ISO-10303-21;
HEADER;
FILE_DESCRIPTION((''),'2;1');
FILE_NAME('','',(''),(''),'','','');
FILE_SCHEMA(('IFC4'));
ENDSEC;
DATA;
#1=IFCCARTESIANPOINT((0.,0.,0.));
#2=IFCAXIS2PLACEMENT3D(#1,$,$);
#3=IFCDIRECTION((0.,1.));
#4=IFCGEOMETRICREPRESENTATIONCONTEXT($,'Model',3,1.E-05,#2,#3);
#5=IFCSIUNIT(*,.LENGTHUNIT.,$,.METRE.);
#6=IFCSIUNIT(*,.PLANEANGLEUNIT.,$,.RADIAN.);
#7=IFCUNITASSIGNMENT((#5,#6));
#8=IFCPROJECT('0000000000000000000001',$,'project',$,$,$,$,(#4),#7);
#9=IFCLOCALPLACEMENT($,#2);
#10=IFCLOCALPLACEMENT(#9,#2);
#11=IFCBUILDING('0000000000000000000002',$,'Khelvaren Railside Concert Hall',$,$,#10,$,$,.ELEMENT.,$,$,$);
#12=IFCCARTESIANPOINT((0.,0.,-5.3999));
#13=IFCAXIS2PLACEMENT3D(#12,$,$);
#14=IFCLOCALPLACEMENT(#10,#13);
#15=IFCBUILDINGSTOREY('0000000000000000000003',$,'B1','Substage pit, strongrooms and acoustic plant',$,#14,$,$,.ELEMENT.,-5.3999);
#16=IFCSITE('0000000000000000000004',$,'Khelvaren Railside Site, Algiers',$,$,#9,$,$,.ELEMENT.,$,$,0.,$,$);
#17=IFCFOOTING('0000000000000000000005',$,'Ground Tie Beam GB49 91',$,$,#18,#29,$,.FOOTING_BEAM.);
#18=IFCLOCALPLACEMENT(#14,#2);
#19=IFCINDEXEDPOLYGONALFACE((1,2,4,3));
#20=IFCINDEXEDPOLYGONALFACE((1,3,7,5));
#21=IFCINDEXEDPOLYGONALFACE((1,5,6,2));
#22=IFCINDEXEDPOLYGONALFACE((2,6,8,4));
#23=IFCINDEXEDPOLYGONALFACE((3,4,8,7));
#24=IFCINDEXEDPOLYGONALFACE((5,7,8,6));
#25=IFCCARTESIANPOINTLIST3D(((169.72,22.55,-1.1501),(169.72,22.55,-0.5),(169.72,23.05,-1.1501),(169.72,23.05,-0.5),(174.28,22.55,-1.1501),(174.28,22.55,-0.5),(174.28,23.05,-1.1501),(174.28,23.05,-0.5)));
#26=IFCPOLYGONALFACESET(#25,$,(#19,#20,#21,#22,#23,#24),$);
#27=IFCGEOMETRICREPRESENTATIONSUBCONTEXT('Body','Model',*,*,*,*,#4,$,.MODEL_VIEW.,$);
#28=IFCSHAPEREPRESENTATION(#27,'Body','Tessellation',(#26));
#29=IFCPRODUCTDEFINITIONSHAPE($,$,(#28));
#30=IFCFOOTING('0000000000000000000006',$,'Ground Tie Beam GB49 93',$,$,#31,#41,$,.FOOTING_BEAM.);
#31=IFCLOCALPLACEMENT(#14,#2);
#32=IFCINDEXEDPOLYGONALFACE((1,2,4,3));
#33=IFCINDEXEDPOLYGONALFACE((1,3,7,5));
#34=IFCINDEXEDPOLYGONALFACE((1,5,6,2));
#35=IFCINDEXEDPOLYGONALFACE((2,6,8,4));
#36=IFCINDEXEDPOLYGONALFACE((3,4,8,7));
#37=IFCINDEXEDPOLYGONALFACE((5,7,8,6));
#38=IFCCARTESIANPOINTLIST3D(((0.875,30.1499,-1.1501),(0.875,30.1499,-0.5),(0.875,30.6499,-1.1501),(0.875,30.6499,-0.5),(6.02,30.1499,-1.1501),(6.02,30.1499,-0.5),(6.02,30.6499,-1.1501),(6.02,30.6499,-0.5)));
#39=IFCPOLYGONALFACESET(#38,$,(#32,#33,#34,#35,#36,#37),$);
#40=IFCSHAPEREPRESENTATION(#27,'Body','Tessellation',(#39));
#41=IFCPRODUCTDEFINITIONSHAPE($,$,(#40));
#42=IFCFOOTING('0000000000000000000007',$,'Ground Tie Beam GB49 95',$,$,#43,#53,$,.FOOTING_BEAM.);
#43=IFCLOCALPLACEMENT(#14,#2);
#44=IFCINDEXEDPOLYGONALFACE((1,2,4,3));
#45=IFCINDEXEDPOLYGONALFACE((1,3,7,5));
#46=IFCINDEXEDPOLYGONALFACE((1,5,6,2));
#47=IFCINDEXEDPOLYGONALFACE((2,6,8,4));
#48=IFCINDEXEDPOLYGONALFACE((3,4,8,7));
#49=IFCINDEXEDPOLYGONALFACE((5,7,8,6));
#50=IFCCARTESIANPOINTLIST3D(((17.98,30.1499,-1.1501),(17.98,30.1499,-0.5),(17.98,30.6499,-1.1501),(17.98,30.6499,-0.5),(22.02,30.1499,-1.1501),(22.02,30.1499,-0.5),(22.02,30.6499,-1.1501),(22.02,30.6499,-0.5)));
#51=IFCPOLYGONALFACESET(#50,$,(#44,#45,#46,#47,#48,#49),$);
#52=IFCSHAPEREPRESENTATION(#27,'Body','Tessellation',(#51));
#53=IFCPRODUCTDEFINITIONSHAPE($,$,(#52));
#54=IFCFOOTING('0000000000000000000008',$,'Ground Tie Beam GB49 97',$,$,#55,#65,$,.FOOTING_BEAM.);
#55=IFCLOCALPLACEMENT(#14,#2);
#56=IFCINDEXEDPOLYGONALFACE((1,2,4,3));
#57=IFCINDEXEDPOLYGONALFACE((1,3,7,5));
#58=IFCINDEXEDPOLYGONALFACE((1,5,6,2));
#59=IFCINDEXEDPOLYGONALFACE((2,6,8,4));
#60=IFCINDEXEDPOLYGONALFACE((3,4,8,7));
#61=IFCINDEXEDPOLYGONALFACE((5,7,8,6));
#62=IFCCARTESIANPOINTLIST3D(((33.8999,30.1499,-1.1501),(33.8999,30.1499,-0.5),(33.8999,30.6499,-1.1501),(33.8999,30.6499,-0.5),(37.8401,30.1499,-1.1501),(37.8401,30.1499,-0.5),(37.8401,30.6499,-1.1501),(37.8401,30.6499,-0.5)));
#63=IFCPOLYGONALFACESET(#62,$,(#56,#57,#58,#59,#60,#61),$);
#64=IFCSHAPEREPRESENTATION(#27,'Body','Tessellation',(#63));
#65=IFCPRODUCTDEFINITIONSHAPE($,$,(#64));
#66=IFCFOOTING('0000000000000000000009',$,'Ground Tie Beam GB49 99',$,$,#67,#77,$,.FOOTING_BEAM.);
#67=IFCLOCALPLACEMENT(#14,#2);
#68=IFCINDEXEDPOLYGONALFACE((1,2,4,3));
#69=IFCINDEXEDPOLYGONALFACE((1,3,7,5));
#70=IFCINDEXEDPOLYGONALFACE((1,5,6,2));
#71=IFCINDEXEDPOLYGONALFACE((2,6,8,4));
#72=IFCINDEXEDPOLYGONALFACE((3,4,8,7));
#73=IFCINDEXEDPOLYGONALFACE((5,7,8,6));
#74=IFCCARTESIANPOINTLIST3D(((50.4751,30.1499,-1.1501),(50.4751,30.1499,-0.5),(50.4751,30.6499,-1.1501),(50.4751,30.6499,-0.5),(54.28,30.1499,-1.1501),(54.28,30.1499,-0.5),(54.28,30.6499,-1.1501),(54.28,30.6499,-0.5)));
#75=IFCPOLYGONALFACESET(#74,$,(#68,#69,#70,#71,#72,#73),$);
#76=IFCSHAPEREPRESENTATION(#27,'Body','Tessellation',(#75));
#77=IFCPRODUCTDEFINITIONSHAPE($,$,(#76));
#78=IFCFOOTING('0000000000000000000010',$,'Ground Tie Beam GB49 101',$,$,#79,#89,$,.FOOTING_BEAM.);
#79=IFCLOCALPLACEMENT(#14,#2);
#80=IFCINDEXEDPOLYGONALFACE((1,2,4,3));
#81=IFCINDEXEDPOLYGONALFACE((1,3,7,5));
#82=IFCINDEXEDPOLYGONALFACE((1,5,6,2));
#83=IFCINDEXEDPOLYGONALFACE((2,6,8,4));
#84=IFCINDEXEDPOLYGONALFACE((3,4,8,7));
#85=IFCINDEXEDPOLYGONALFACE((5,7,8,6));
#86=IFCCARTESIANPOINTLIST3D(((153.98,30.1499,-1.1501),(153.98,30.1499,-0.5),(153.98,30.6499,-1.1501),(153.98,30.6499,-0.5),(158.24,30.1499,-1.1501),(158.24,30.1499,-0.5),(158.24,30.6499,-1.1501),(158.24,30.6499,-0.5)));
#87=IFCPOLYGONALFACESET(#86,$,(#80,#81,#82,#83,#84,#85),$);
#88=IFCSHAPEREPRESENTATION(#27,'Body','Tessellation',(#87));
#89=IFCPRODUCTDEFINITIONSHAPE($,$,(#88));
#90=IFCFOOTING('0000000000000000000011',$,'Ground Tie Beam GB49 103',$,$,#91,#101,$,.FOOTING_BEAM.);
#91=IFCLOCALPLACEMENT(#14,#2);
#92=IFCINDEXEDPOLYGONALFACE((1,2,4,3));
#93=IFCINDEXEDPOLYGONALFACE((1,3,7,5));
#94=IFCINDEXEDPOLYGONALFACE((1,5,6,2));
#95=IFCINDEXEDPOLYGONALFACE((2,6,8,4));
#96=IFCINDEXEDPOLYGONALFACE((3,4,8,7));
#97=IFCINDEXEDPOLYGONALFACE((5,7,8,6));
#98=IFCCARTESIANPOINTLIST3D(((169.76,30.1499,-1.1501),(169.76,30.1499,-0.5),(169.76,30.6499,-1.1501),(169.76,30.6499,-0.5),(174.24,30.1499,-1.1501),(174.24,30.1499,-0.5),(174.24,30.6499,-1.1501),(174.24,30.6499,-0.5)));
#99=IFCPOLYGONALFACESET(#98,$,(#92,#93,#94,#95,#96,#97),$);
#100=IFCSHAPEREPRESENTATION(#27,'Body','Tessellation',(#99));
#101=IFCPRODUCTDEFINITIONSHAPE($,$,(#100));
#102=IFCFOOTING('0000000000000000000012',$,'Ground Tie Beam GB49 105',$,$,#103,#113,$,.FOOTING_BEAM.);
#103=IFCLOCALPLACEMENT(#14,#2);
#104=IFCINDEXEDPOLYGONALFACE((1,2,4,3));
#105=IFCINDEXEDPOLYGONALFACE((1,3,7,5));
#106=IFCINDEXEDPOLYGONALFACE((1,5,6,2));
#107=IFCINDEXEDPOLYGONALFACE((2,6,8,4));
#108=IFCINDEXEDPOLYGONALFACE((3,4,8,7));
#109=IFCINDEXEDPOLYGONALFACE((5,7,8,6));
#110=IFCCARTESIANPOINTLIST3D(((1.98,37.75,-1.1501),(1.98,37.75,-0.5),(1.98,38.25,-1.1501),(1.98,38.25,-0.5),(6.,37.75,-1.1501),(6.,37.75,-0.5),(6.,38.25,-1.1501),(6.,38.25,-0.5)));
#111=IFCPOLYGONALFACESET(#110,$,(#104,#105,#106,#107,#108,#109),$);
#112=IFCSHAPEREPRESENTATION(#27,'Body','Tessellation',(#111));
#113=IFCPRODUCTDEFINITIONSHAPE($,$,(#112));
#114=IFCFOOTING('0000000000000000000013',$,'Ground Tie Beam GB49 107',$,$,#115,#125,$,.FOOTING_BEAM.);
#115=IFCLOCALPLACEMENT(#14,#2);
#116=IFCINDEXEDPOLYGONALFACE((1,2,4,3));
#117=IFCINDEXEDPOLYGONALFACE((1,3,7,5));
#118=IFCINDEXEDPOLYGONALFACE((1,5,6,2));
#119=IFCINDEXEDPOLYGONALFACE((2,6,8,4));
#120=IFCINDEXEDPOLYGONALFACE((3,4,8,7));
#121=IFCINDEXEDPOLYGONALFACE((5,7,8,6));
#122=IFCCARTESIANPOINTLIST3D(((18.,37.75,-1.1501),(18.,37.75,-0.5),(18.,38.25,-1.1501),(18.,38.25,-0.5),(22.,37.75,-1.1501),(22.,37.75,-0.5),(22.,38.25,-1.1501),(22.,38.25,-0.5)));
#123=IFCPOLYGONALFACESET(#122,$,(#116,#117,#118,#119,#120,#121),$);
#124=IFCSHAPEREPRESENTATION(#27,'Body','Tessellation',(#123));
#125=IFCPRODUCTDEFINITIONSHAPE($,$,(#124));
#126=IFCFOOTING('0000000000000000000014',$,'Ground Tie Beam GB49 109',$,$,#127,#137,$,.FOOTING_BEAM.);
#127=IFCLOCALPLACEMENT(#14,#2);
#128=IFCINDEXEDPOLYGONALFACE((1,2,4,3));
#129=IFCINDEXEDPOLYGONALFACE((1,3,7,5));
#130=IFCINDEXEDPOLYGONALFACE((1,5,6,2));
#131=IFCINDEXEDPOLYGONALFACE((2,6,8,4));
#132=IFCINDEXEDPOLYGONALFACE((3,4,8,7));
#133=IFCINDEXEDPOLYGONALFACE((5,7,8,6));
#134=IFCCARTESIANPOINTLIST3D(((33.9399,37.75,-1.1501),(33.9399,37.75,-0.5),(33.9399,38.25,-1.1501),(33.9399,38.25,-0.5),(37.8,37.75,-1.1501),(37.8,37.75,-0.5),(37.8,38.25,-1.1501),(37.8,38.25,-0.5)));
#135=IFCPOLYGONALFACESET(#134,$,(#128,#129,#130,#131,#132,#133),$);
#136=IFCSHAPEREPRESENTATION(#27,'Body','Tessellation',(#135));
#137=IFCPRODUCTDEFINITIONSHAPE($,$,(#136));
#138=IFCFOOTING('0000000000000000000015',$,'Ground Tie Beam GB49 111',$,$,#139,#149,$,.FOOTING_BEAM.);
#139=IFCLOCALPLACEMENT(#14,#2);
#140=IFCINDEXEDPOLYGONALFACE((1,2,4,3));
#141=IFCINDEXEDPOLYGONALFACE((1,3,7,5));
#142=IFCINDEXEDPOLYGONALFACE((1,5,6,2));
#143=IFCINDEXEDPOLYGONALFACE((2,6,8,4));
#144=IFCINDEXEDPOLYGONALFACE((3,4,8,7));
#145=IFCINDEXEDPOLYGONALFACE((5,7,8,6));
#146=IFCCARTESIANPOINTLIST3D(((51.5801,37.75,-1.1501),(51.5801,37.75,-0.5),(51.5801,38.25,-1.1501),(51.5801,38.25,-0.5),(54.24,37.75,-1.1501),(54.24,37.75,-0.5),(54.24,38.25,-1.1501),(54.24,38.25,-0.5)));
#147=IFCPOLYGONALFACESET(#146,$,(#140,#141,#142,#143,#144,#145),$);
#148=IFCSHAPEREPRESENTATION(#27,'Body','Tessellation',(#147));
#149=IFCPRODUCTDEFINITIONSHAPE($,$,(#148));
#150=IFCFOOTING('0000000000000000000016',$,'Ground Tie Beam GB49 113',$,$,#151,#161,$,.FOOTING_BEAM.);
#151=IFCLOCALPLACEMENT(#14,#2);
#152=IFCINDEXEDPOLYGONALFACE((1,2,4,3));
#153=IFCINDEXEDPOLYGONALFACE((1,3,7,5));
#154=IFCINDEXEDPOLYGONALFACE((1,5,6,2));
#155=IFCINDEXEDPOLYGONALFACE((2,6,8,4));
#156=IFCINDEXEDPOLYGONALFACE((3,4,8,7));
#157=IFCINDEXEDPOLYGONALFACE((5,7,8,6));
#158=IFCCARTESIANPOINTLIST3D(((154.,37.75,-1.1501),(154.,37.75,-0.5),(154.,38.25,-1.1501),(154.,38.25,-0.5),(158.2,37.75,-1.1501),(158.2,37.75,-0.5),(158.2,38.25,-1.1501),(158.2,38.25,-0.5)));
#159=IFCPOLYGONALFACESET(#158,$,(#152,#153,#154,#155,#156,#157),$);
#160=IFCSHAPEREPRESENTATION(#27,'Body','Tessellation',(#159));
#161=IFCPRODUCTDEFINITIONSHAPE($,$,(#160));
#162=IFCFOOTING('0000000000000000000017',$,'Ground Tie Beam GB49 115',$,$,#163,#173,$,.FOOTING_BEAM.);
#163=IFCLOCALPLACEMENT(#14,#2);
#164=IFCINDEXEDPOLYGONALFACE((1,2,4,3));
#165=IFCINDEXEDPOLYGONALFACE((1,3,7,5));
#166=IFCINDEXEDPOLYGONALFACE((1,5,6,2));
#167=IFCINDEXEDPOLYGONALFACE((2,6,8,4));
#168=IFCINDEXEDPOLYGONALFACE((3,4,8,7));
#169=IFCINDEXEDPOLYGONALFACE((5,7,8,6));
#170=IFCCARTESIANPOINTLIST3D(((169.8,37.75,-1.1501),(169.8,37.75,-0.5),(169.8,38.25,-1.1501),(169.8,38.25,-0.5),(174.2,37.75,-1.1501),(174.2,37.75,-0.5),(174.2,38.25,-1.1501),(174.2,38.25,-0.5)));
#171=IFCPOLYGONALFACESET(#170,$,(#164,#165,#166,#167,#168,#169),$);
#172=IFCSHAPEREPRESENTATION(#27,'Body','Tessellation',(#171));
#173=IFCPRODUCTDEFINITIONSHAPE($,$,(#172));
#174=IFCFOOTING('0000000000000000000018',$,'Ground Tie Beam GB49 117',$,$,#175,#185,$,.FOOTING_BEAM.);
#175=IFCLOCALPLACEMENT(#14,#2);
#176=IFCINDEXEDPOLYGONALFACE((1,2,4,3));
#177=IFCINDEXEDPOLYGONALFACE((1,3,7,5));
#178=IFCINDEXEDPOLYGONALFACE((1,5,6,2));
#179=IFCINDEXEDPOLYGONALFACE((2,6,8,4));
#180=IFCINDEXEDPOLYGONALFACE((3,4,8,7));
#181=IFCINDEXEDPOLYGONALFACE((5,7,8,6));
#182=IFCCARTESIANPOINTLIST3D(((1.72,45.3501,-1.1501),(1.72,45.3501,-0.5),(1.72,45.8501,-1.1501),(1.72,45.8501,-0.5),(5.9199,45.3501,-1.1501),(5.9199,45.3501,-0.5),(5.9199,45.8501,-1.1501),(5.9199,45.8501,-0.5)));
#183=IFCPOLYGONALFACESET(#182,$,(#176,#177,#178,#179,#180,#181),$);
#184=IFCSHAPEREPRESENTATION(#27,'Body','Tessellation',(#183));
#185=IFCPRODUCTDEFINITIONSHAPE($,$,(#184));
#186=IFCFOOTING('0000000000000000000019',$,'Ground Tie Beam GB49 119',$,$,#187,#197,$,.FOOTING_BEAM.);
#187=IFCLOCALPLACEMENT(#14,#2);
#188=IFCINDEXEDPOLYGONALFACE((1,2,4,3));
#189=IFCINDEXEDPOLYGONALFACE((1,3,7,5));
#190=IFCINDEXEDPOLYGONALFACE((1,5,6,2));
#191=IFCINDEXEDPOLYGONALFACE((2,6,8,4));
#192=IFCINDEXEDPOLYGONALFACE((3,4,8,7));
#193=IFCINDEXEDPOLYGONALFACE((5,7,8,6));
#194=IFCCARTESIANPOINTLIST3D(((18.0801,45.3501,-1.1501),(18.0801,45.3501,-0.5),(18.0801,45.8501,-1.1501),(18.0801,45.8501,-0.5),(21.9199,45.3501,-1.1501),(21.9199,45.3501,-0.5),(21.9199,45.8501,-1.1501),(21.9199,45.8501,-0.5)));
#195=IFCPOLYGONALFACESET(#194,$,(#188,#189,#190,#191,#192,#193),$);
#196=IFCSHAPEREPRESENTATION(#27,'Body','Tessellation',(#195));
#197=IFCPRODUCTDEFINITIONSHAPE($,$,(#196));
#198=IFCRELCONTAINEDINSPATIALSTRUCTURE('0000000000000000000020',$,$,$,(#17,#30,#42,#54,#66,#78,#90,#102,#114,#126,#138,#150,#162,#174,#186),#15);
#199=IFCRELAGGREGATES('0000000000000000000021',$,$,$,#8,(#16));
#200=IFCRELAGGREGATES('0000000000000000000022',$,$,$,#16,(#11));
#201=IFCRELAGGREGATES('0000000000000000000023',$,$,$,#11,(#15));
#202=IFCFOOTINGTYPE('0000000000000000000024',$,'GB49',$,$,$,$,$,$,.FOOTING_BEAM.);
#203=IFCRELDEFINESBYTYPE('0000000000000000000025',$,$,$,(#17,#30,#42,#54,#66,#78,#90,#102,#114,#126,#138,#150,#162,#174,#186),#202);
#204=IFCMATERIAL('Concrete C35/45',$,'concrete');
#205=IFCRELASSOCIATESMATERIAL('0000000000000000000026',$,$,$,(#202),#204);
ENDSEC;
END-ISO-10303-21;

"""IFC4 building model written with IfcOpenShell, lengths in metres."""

from ifc_helpers import new_model, si_unit, direction, frame, origin, place, context, subcontext, project, spatial, polyline, outline, extrude, material, type_object, element, save


model = new_model("IFC4")

# Units and contexts
model_context = context("Model", 3, precision=1e-05, world=origin(), true_north=direction((0.0, 1.0)))
body_context = subcontext(model_context, "Body", "Model", "MODEL_VIEW")
ifc_project = project(units=[si_unit("LENGTHUNIT", "METRE"), si_unit("PLANEANGLEUNIT", "RADIAN")], contexts=[model_context])

# Site, building, storey
site_placement = place(None, origin())
site = spatial("IfcSite", under=ifc_project, at=site_placement, Name="Khelvaren Railside Site, Algiers", CompositionType="ELEMENT", RefElevation=0.0)
building_placement = place(site_placement, origin())
building = spatial("IfcBuilding", under=site, at=building_placement, Name="Khelvaren Railside Concert Hall", CompositionType="ELEMENT")
storey_placement = place(building_placement, frame((0.0, 0.0, -5.3999)))
storey = spatial("IfcBuildingStorey", under=building, at=storey_placement, Name="B1", Description="Substage pit, strongrooms and acoustic plant", CompositionType="ELEMENT", Elevation=-5.3999)

# Footings
ifc_material = material(Name="Concrete C35/45", Category="concrete")
footing_type = type_object("IfcFootingType", Name="GB49", PredefinedType="FOOTING_BEAM", material=ifc_material)
footing_1_placement = place(storey_placement, frame((0.0, 0.0, -1.1501)))
element("IfcFooting", 1, at=footing_1_placement, inside=storey, type_object=footing_type, Name="Ground Tie Beam GB49 91", PredefinedType="FOOTING_BEAM", context=body_context, shape_type="SweptSolid", body=[
    extrude(outline(polyline([(169.72, 22.55), (174.28, 22.55), (174.28, 23.05), (169.72, 23.05), (169.72, 22.55)])), origin(), (0.0, 0.0, 1.0), 0.6501),
])
footing_2_placement = place(storey_placement, frame((0.0, 0.0, -1.1501)))
element("IfcFooting", 2, at=footing_2_placement, inside=storey, type_object=footing_type, Name="Ground Tie Beam GB49 93", PredefinedType="FOOTING_BEAM", context=body_context, shape_type="SweptSolid", body=[
    extrude(outline(polyline([(0.875, 30.1499), (6.02, 30.1499), (6.02, 30.6499), (0.875, 30.6499), (0.875, 30.1499)])), origin(), (0.0, 0.0, 1.0), 0.6501),
])
footing_3_placement = place(storey_placement, frame((0.0, 0.0, -1.1501)))
element("IfcFooting", 3, at=footing_3_placement, inside=storey, type_object=footing_type, Name="Ground Tie Beam GB49 95", PredefinedType="FOOTING_BEAM", context=body_context, shape_type="SweptSolid", body=[
    extrude(outline(polyline([(17.98, 30.1499), (22.02, 30.1499), (22.02, 30.6499), (17.98, 30.6499), (17.98, 30.1499)])), origin(), (0.0, 0.0, 1.0), 0.6501),
])
footing_4_placement = place(storey_placement, frame((0.0, 0.0, -1.1501)))
element("IfcFooting", 4, at=footing_4_placement, inside=storey, type_object=footing_type, Name="Ground Tie Beam GB49 97", PredefinedType="FOOTING_BEAM", context=body_context, shape_type="SweptSolid", body=[
    extrude(outline(polyline([(33.8999, 30.1499), (37.8401, 30.1499), (37.8401, 30.6499), (33.8999, 30.6499), (33.8999, 30.1499)])), origin(), (0.0, 0.0, 1.0), 0.6501),
])
footing_5_placement = place(storey_placement, frame((0.0, 0.0, -1.1501)))
element("IfcFooting", 5, at=footing_5_placement, inside=storey, type_object=footing_type, Name="Ground Tie Beam GB49 99", PredefinedType="FOOTING_BEAM", context=body_context, shape_type="SweptSolid", body=[
    extrude(outline(polyline([(50.4751, 30.1499), (54.28, 30.1499), (54.28, 30.6499), (50.4751, 30.6499), (50.4751, 30.1499)])), origin(), (0.0, 0.0, 1.0), 0.6501),
])
footing_6_placement = place(storey_placement, frame((0.0, 0.0, -1.1501)))
element("IfcFooting", 6, at=footing_6_placement, inside=storey, type_object=footing_type, Name="Ground Tie Beam GB49 101", PredefinedType="FOOTING_BEAM", context=body_context, shape_type="SweptSolid", body=[
    extrude(outline(polyline([(153.98, 30.1499), (158.24, 30.1499), (158.24, 30.6499), (153.98, 30.6499), (153.98, 30.1499)])), origin(), (0.0, 0.0, 1.0), 0.6501),
])
footing_7_placement = place(storey_placement, frame((0.0, 0.0, -1.1501)))
element("IfcFooting", 7, at=footing_7_placement, inside=storey, type_object=footing_type, Name="Ground Tie Beam GB49 103", PredefinedType="FOOTING_BEAM", context=body_context, shape_type="SweptSolid", body=[
    extrude(outline(polyline([(169.76, 30.1499), (174.24, 30.1499), (174.24, 30.6499), (169.76, 30.6499), (169.76, 30.1499)])), origin(), (0.0, 0.0, 1.0), 0.6501),
])
footing_8_placement = place(storey_placement, frame((0.0, 0.0, -1.1501)))
element("IfcFooting", 8, at=footing_8_placement, inside=storey, type_object=footing_type, Name="Ground Tie Beam GB49 105", PredefinedType="FOOTING_BEAM", context=body_context, shape_type="SweptSolid", body=[
    extrude(outline(polyline([(1.98, 37.75), (6.0, 37.75), (6.0, 38.25), (1.98, 38.25), (1.98, 37.75)])), origin(), (0.0, 0.0, 1.0), 0.6501),
])
footing_9_placement = place(storey_placement, frame((0.0, 0.0, -1.1501)))
element("IfcFooting", 9, at=footing_9_placement, inside=storey, type_object=footing_type, Name="Ground Tie Beam GB49 107", PredefinedType="FOOTING_BEAM", context=body_context, shape_type="SweptSolid", body=[
    extrude(outline(polyline([(18.0, 37.75), (22.0, 37.75), (22.0, 38.25), (18.0, 38.25), (18.0, 37.75)])), origin(), (0.0, 0.0, 1.0), 0.6501),
])
footing_10_placement = place(storey_placement, frame((0.0, 0.0, -1.1501)))
element("IfcFooting", 10, at=footing_10_placement, inside=storey, type_object=footing_type, Name="Ground Tie Beam GB49 109", PredefinedType="FOOTING_BEAM", context=body_context, shape_type="SweptSolid", body=[
    extrude(outline(polyline([(33.9399, 37.75), (37.8, 37.75), (37.8, 38.25), (33.9399, 38.25), (33.9399, 37.75)])), origin(), (0.0, 0.0, 1.0), 0.6501),
])
footing_11_placement = place(storey_placement, frame((0.0, 0.0, -1.1501)))
element("IfcFooting", 11, at=footing_11_placement, inside=storey, type_object=footing_type, Name="Ground Tie Beam GB49 111", PredefinedType="FOOTING_BEAM", context=body_context, shape_type="SweptSolid", body=[
    extrude(outline(polyline([(51.5801, 37.75), (54.24, 37.75), (54.24, 38.25), (51.5801, 38.25), (51.5801, 37.75)])), origin(), (0.0, 0.0, 1.0), 0.6501),
])
footing_12_placement = place(storey_placement, frame((0.0, 0.0, -1.1501)))
element("IfcFooting", 12, at=footing_12_placement, inside=storey, type_object=footing_type, Name="Ground Tie Beam GB49 113", PredefinedType="FOOTING_BEAM", context=body_context, shape_type="SweptSolid", body=[
    extrude(outline(polyline([(154.0, 37.75), (158.2, 37.75), (158.2, 38.25), (154.0, 38.25), (154.0, 37.75)])), origin(), (0.0, 0.0, 1.0), 0.6501),
])
footing_13_placement = place(storey_placement, frame((0.0, 0.0, -1.1501)))
element("IfcFooting", 13, at=footing_13_placement, inside=storey, type_object=footing_type, Name="Ground Tie Beam GB49 115", PredefinedType="FOOTING_BEAM", context=body_context, shape_type="SweptSolid", body=[
    extrude(outline(polyline([(169.8, 37.75), (174.2, 37.75), (174.2, 38.25), (169.8, 38.25), (169.8, 37.75)])), origin(), (0.0, 0.0, 1.0), 0.6501),
])
footing_14_placement = place(storey_placement, frame((0.0, 0.0, -1.1501)))
element("IfcFooting", 14, at=footing_14_placement, inside=storey, type_object=footing_type, Name="Ground Tie Beam GB49 117", PredefinedType="FOOTING_BEAM", context=body_context, shape_type="SweptSolid", body=[
    extrude(outline(polyline([(1.72, 45.3501), (5.9199, 45.3501), (5.9199, 45.8501), (1.72, 45.8501), (1.72, 45.3501)])), origin(), (0.0, 0.0, 1.0), 0.6501),
])
footing_15_placement = place(storey_placement, frame((0.0, 0.0, -1.1501)))
element("IfcFooting", 15, at=footing_15_placement, inside=storey, type_object=footing_type, Name="Ground Tie Beam GB49 119", PredefinedType="FOOTING_BEAM", context=body_context, shape_type="SweptSolid", body=[
    extrude(outline(polyline([(18.0801, 45.3501), (21.9199, 45.3501), (21.9199, 45.8501), (18.0801, 45.8501), (18.0801, 45.3501)])), origin(), (0.0, 0.0, 1.0), 0.6501),
])

save(model, "model.ifc")
